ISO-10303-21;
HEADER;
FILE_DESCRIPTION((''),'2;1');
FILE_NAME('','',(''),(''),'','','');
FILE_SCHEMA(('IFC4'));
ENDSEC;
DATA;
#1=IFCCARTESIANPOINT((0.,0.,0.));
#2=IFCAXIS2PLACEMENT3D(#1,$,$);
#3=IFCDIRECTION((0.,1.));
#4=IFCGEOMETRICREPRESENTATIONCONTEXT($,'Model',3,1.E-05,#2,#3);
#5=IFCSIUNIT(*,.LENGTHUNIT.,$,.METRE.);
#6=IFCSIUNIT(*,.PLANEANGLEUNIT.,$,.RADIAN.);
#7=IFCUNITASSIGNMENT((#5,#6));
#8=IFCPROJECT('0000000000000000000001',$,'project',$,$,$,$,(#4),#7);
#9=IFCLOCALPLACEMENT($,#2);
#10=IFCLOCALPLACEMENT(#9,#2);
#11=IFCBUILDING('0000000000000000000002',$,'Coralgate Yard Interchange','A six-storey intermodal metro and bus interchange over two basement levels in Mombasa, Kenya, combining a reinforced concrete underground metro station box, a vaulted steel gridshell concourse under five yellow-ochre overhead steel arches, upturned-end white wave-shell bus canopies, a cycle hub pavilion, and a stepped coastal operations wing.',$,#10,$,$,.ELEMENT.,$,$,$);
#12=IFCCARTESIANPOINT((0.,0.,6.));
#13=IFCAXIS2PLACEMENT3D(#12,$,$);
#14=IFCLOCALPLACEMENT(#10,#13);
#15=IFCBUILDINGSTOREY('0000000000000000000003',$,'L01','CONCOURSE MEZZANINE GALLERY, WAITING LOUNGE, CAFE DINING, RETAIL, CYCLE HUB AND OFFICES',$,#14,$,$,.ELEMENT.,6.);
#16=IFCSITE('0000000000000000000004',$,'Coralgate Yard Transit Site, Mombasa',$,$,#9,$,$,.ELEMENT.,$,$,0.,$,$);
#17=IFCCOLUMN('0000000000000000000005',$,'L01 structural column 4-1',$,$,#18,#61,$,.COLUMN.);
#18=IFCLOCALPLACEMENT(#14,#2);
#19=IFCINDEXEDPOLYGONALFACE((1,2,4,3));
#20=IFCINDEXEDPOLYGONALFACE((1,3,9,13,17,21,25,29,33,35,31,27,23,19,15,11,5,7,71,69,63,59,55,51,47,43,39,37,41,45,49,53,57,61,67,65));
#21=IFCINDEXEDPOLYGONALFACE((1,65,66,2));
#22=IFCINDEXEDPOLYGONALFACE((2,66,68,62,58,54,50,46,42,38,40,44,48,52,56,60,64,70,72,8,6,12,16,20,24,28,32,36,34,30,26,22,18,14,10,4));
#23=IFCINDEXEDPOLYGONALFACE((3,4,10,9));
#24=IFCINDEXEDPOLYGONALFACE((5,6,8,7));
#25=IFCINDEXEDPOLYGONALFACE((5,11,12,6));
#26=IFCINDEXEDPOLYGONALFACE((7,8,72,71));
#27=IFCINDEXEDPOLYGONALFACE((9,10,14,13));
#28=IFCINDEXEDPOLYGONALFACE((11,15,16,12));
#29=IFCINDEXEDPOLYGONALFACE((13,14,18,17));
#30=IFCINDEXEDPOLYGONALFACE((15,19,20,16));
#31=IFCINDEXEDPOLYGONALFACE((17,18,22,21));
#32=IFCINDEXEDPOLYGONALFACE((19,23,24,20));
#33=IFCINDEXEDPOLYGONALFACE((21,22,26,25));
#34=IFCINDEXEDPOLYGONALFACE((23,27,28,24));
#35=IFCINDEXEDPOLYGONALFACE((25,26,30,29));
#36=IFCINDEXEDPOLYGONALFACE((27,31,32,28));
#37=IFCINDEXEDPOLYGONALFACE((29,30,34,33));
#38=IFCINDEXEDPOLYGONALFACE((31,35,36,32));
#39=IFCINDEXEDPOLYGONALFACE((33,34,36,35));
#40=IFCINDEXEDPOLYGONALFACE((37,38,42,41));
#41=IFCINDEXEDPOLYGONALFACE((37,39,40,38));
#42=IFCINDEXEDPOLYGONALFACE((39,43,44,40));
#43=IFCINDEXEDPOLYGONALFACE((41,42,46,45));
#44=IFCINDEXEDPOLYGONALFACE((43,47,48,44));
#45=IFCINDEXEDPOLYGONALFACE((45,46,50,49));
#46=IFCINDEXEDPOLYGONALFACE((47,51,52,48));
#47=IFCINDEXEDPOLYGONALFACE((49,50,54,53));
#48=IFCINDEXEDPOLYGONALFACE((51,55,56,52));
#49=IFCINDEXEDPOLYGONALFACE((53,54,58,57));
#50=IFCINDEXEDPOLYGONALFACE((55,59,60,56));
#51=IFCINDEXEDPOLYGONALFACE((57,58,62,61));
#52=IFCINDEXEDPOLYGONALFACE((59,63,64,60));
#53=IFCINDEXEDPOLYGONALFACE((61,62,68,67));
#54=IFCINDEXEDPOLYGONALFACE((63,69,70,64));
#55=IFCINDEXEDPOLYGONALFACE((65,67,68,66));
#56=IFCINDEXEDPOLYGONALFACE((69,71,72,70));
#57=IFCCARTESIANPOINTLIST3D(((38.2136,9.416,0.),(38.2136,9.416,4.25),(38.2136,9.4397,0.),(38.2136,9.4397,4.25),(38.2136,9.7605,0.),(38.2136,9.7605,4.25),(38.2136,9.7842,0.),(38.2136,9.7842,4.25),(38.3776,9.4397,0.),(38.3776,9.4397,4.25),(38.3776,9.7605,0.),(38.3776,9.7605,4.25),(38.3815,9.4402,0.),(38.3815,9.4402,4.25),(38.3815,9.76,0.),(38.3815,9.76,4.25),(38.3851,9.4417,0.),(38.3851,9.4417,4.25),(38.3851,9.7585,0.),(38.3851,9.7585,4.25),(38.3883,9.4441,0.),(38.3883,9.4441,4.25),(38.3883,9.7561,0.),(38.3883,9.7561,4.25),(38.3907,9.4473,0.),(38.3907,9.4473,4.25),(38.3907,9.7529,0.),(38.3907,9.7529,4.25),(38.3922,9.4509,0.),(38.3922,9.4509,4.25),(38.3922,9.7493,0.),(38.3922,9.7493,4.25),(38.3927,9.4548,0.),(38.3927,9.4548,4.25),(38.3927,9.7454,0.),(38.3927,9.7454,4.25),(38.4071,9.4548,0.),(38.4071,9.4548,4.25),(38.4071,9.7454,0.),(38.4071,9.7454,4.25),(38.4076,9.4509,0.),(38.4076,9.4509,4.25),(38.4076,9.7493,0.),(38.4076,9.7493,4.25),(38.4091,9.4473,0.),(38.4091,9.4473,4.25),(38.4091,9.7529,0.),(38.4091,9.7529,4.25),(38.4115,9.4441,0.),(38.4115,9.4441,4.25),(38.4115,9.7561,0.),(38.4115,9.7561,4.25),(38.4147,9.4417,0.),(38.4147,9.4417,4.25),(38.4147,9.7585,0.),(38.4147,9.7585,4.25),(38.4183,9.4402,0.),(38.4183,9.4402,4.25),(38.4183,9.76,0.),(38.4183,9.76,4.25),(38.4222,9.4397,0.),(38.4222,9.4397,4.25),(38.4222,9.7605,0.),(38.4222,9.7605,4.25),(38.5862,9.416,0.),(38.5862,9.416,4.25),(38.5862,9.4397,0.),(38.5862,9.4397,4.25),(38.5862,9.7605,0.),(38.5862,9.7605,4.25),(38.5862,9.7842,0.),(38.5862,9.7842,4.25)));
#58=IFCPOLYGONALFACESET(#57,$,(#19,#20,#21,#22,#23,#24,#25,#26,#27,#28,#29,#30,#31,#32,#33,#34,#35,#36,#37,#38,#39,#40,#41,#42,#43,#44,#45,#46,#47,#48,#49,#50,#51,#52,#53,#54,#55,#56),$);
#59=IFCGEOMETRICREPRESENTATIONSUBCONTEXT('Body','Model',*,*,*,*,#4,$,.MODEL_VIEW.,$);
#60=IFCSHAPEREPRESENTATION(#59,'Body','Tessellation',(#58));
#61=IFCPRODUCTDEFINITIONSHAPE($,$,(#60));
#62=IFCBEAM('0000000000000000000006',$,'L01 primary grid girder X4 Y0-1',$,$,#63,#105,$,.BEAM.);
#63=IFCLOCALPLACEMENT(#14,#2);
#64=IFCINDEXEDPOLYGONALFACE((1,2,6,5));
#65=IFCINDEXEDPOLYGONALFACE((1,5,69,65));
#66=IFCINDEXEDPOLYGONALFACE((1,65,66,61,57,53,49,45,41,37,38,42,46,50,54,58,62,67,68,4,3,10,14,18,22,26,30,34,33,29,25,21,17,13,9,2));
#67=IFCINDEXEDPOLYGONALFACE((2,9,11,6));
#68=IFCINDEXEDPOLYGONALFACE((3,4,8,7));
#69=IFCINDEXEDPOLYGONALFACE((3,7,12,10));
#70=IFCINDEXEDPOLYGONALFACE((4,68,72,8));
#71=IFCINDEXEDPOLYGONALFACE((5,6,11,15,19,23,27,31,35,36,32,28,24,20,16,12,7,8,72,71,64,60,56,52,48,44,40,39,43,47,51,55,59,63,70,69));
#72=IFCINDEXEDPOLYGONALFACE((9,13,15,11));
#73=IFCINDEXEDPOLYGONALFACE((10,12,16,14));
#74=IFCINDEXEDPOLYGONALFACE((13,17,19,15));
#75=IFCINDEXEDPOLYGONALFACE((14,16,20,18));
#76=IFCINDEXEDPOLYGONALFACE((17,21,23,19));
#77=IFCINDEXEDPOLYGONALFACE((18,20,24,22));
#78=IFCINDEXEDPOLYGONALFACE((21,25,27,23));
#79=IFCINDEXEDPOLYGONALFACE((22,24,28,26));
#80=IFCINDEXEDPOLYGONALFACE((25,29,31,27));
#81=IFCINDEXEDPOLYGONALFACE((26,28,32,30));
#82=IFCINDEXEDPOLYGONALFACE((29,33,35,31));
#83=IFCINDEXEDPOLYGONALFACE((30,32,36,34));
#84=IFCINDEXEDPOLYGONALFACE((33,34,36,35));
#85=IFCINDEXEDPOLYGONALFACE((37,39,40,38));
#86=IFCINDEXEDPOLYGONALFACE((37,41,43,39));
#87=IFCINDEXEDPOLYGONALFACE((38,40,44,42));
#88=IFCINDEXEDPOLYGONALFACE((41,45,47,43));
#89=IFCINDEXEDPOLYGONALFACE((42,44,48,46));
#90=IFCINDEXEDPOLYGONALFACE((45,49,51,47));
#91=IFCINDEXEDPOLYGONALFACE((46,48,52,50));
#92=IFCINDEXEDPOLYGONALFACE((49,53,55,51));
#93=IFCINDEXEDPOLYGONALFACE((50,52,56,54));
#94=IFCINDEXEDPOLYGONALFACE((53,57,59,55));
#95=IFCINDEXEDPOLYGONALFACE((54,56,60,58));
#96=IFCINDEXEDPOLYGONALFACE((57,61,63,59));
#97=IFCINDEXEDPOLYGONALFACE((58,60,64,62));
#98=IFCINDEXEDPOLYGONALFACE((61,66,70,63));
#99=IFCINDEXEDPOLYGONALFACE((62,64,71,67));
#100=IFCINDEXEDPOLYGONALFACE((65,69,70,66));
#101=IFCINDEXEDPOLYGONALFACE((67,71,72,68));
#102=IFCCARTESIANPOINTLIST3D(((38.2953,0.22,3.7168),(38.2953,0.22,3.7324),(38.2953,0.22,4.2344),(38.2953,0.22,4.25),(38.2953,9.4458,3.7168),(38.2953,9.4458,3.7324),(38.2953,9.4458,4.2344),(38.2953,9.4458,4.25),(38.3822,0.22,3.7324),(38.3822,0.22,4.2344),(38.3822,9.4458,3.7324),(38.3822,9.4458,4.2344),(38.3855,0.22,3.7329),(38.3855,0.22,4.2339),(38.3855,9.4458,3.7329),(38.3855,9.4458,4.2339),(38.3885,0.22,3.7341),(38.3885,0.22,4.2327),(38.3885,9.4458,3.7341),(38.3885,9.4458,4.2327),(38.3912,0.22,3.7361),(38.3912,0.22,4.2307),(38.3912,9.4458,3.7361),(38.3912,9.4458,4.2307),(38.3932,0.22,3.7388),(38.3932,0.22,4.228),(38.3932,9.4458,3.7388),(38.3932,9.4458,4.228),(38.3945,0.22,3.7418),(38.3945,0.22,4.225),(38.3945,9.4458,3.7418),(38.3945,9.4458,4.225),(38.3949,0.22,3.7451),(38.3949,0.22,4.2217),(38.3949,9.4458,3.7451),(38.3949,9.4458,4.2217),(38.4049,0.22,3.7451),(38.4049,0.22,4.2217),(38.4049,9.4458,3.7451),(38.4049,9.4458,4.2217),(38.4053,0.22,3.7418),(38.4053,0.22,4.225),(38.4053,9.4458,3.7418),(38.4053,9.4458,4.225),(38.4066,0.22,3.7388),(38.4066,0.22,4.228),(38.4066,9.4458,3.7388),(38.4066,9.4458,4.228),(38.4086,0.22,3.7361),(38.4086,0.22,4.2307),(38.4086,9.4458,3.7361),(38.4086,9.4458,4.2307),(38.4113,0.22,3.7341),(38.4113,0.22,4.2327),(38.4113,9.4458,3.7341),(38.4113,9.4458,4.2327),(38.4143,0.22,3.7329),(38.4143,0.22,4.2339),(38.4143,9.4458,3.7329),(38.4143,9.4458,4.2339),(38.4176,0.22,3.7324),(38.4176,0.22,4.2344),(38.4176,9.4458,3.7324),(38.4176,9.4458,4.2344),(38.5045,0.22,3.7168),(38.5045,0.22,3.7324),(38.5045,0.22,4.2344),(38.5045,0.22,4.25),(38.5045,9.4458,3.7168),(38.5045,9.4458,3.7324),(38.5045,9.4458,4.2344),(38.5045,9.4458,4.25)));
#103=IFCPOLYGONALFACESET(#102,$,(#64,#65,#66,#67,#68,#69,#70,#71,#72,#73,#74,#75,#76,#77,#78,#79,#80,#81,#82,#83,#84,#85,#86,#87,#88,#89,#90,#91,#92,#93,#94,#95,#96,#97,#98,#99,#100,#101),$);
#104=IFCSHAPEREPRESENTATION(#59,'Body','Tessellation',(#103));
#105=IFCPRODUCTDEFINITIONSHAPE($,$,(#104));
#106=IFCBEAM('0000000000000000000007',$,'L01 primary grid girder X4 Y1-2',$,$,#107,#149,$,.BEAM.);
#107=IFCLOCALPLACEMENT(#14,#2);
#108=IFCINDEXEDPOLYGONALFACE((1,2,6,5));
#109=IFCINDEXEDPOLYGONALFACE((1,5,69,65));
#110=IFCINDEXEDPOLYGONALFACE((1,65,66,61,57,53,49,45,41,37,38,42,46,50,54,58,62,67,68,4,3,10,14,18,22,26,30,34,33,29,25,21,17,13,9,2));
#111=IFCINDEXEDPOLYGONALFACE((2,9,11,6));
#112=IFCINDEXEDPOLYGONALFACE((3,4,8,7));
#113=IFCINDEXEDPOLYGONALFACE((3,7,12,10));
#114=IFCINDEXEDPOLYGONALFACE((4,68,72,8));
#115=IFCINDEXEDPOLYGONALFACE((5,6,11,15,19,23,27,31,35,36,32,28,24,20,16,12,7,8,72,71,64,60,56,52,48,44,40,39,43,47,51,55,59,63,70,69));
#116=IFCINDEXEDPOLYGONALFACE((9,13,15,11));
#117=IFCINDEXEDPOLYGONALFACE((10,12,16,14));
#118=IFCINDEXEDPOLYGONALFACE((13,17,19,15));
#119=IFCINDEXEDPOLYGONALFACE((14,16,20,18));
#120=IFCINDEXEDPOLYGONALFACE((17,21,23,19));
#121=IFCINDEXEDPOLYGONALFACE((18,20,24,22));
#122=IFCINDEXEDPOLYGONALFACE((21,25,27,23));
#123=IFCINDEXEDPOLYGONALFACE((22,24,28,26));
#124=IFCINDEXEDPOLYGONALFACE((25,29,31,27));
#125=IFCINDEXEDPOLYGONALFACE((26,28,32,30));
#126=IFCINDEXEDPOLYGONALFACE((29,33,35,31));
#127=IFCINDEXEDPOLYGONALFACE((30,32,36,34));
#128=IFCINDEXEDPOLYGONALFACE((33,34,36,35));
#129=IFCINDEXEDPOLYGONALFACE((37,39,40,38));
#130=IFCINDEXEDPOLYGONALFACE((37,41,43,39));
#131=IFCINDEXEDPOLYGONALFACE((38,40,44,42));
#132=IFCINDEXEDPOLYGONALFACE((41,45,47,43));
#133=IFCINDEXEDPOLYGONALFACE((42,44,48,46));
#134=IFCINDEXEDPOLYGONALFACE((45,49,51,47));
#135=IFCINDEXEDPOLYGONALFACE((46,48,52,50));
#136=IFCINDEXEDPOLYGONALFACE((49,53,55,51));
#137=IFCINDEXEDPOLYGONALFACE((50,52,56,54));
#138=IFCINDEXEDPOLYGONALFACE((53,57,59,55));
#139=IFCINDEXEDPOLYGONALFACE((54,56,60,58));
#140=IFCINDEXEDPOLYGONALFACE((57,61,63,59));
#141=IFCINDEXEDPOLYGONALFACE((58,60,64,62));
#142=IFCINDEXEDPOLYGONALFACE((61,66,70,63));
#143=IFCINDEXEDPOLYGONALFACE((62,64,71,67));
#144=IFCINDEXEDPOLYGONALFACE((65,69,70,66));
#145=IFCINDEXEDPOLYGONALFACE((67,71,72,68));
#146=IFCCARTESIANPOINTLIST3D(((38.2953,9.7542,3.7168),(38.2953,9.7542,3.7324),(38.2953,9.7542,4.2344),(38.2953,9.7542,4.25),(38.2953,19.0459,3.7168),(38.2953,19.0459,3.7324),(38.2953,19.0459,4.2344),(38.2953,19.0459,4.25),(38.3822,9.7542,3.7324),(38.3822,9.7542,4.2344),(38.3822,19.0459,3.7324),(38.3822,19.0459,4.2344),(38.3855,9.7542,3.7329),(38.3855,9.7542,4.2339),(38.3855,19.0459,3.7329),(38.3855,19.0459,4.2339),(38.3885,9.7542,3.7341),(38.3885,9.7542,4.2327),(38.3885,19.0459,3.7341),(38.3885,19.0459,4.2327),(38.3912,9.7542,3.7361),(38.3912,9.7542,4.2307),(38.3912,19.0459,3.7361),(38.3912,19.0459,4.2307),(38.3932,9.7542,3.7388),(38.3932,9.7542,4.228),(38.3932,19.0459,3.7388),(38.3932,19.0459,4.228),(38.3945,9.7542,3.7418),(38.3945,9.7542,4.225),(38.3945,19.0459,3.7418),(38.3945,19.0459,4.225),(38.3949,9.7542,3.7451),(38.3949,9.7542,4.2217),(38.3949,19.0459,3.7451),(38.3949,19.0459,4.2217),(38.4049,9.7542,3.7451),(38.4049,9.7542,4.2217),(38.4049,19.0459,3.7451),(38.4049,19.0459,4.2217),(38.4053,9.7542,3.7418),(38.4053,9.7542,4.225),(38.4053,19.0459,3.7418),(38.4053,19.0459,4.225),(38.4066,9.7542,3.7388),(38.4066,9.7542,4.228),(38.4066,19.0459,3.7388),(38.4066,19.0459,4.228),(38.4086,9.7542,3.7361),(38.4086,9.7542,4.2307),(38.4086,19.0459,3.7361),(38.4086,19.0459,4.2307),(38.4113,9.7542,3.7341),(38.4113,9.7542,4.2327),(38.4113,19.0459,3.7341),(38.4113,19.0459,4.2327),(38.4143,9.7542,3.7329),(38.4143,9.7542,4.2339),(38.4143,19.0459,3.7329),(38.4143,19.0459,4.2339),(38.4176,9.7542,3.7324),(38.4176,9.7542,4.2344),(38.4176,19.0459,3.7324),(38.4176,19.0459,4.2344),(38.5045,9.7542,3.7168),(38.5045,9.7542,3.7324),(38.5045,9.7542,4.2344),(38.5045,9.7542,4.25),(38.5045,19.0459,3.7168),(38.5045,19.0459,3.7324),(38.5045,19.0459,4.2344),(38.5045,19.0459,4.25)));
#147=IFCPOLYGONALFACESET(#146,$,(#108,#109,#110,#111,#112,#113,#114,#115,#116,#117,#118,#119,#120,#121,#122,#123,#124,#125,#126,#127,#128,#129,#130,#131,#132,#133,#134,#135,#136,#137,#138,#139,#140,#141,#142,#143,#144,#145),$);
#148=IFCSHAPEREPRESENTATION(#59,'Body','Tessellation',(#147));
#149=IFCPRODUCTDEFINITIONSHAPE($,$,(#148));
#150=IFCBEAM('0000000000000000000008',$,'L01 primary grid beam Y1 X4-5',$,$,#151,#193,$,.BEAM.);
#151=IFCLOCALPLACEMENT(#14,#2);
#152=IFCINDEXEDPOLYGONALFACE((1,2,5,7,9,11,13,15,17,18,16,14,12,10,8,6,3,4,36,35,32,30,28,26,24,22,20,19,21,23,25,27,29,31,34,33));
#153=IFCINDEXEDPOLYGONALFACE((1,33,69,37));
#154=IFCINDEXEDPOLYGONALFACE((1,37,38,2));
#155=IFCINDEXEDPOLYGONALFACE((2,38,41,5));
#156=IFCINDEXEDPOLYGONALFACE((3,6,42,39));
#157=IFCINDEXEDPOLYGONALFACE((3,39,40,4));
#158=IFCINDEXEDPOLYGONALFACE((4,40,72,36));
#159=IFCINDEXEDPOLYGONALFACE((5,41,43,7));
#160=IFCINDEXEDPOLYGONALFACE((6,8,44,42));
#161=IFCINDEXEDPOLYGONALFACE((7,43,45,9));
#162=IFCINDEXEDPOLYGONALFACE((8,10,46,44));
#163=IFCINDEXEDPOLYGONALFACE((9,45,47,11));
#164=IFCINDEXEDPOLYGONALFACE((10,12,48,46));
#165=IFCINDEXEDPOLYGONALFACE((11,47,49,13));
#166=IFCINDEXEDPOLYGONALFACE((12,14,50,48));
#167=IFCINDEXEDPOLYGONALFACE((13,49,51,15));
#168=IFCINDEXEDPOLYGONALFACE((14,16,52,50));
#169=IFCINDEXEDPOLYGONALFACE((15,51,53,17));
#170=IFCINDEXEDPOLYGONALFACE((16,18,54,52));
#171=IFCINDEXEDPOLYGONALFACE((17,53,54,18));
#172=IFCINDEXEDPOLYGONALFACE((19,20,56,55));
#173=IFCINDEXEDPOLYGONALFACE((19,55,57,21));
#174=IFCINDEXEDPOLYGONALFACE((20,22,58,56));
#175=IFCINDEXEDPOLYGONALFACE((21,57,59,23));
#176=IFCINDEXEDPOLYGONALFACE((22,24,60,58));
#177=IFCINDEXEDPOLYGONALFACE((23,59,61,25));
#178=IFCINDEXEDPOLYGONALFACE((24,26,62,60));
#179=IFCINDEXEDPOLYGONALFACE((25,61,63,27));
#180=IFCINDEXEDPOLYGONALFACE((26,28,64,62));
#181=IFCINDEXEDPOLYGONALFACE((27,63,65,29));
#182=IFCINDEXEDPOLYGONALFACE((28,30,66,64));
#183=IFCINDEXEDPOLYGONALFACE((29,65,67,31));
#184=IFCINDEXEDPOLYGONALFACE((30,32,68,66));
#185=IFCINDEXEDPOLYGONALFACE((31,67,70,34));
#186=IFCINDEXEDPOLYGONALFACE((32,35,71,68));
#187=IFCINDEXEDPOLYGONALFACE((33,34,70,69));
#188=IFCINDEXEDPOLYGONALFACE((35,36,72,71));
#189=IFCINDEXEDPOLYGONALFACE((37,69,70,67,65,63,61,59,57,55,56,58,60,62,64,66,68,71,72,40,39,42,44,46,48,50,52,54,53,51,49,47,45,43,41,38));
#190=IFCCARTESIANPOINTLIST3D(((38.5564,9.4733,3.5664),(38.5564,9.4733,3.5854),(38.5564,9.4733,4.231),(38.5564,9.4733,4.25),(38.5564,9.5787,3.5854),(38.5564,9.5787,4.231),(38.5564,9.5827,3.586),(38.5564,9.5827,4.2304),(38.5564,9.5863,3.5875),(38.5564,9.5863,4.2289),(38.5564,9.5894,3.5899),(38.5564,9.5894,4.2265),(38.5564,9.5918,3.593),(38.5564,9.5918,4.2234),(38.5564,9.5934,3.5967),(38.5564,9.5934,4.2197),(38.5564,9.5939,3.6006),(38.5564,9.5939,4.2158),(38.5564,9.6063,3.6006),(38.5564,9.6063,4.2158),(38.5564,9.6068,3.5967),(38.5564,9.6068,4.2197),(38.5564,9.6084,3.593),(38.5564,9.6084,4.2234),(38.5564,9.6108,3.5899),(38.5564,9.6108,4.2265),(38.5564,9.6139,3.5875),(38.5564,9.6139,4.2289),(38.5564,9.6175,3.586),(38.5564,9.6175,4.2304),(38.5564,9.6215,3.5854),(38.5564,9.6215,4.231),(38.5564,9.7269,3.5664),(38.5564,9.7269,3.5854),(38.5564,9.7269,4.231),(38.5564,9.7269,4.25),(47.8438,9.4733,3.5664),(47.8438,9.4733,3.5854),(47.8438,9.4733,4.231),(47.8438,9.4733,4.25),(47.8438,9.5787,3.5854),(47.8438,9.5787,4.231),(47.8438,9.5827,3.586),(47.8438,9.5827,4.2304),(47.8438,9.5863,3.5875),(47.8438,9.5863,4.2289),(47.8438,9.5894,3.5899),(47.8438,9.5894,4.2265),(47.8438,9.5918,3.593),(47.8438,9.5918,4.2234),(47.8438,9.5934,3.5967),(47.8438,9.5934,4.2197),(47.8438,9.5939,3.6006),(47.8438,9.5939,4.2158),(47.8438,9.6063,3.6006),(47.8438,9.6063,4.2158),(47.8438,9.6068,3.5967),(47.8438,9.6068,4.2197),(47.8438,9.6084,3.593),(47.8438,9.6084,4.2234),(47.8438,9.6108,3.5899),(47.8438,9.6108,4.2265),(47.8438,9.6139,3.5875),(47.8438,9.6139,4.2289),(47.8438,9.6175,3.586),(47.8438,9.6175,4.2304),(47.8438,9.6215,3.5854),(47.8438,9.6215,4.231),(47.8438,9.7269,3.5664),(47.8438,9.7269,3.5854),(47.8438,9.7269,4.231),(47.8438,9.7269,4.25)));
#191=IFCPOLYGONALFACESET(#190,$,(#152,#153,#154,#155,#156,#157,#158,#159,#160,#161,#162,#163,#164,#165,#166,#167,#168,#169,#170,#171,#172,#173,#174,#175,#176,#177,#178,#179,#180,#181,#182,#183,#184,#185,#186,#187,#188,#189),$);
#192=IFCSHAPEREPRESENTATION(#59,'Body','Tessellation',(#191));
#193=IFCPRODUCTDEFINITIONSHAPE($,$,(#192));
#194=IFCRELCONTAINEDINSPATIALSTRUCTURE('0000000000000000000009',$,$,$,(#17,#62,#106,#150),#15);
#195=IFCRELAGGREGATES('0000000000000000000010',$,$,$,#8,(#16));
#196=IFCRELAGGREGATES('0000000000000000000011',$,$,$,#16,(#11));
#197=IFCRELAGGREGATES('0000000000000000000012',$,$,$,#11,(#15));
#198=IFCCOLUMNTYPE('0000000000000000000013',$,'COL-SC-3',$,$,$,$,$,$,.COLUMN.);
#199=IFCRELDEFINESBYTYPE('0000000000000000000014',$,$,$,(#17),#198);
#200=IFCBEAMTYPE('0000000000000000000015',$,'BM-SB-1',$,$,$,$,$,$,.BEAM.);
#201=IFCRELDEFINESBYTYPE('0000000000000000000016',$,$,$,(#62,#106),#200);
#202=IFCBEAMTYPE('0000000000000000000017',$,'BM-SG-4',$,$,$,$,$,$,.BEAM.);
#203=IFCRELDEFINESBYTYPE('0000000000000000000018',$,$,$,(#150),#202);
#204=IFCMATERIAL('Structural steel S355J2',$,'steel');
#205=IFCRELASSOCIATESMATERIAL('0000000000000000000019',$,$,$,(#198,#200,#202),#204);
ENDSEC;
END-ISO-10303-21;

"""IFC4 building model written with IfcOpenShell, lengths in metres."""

from ifc_helpers import new_model, si_unit, direction, frame, origin, origin_2d, place, context, subcontext, project, spatial, i_section, extrude, material, material_profile, profile_set, type_object, element, save


model = new_model("IFC4")

# Units and contexts
model_context = context("Model", 3, precision=1e-05, world=origin(), true_north=direction((0.0, 1.0)))
body_context = subcontext(model_context, "Body", "Model", "MODEL_VIEW")
ifc_project = project(units=[si_unit("LENGTHUNIT", "METRE"), si_unit("PLANEANGLEUNIT", "RADIAN")], contexts=[model_context])

# Site, building, storey
site_placement = place(None, origin())
site = spatial("IfcSite", under=ifc_project, at=site_placement, Name="Coralgate Yard Transit Site, Mombasa", CompositionType="ELEMENT", RefElevation=0.0)
building_placement = place(site_placement, origin())
building = spatial("IfcBuilding", under=site, at=building_placement, Name="Coralgate Yard Interchange", Description="A six-storey intermodal metro and bus interchange over two basement levels in Mombasa, Kenya, combining a reinforced concrete underground metro station box, a vaulted steel gridshell concourse under five yellow-ochre overhead steel arches, upturned-end white wave-shell bus canopies, a cycle hub pavilion, and a stepped coastal operations wing.", CompositionType="ELEMENT")
storey_placement = place(building_placement, frame((0.0, 0.0, 6.0)))
storey = spatial("IfcBuildingStorey", under=building, at=storey_placement, Name="L01", Description="CONCOURSE MEZZANINE GALLERY, WAITING LOUNGE, CAFE DINING, RETAIL, CYCLE HUB AND OFFICES", CompositionType="ELEMENT", Elevation=6.0)

# Column
ifc_material_1 = material(Name="Structural steel S355J2", Category="steel")
ifc_material_profile_1 = material_profile(ifc_material_1, i_section(OverallWidth=0.3726, OverallDepth=0.3682, WebThickness=0.0144, FlangeThickness=0.0237, FilletRadius=0.0151, at=origin_2d()), Name="UC 356x368x177")
ifc_profile_set_1 = profile_set([ifc_material_profile_1], Name="Structural steel S355J2")
column_type = type_object("IfcColumnType", Name="COL-SC-3", PredefinedType="COLUMN", material=ifc_profile_set_1)
column_placement = place(storey_placement, frame((38.3999, 9.6001, 0.0), z_axis=(0.0, 0.0, 1.0), x_axis=(1.0, 0.0, 0.0)))
element("IfcColumn", 1, at=column_placement, inside=storey, type_object=column_type, Name="L01 structural column 4-1", PredefinedType="COLUMN", context=body_context, shape_type="SweptSolid", body=[
    extrude(i_section(OverallWidth=0.3726, OverallDepth=0.3682, WebThickness=0.0144, FlangeThickness=0.0237, FilletRadius=0.0151, at=origin_2d()), origin(), (0.0, 0.0, 1.0), 4.25),
])

# Beams
ifc_material_profile_2 = material_profile(ifc_material_1, i_section(OverallWidth=0.2092, OverallDepth=0.5332, WebThickness=0.01, FlangeThickness=0.0156, FilletRadius=0.0127, at=origin_2d()), Name="UB 533x210x92")
ifc_profile_set_2 = profile_set([ifc_material_profile_2], Name="Structural steel S355J2")
beam_type_1 = type_object("IfcBeamType", Name="BM-SB-1", PredefinedType="BEAM", material=ifc_profile_set_2)
beam_1_placement = place(storey_placement, frame((38.3999, 0.22, 3.9834), z_axis=(0.0, 1.0, 0.0), x_axis=(-1.0, 0.0, 0.0)))
element("IfcBeam", 2, at=beam_1_placement, inside=storey, type_object=beam_type_1, Name="L01 primary grid girder X4 Y0-1", PredefinedType="BEAM", context=body_context, shape_type="SweptSolid", body=[
    extrude(i_section(OverallWidth=0.2092, OverallDepth=0.5332, WebThickness=0.01, FlangeThickness=0.0156, FilletRadius=0.0127, at=origin_2d()), origin(), (0.0, 0.0, 1.0), 9.2258),
])
beam_2_placement = place(storey_placement, frame((38.3999, 9.7542, 3.9834), z_axis=(0.0, 1.0, 0.0), x_axis=(-1.0, 0.0, 0.0)))
element("IfcBeam", 3, at=beam_2_placement, inside=storey, type_object=beam_type_1, Name="L01 primary grid girder X4 Y1-2", PredefinedType="BEAM", context=body_context, shape_type="SweptSolid", body=[
    extrude(i_section(OverallWidth=0.2092, OverallDepth=0.5332, WebThickness=0.01, FlangeThickness=0.0156, FilletRadius=0.0127, at=origin_2d()), origin(), (0.0, 0.0, 1.0), 9.2917),
])
ifc_material_profile_3 = material_profile(ifc_material_1, i_section(OverallWidth=0.2537, OverallDepth=0.6836, WebThickness=0.0125, FlangeThickness=0.019, FilletRadius=0.0151, at=origin_2d()), Name="UB 686x254x140")
ifc_profile_set_3 = profile_set([ifc_material_profile_3], Name="Structural steel S355J2")
beam_type_2 = type_object("IfcBeamType", Name="BM-SG-4", PredefinedType="BEAM", material=ifc_profile_set_3)
beam_3_placement = place(storey_placement, frame((38.5564, 9.6001, 3.9082), z_axis=(1.0, 0.0, 0.0), x_axis=(0.0, 1.0, 0.0)))
element("IfcBeam", 4, at=beam_3_placement, inside=storey, type_object=beam_type_2, Name="L01 primary grid beam Y1 X4-5", PredefinedType="BEAM", context=body_context, shape_type="SweptSolid", body=[
    extrude(i_section(OverallWidth=0.2537, OverallDepth=0.6836, WebThickness=0.0125, FlangeThickness=0.019, FilletRadius=0.0151, at=origin_2d()), origin(), (0.0, 0.0, 1.0), 9.2874),
])

save(model, "model.ifc")
